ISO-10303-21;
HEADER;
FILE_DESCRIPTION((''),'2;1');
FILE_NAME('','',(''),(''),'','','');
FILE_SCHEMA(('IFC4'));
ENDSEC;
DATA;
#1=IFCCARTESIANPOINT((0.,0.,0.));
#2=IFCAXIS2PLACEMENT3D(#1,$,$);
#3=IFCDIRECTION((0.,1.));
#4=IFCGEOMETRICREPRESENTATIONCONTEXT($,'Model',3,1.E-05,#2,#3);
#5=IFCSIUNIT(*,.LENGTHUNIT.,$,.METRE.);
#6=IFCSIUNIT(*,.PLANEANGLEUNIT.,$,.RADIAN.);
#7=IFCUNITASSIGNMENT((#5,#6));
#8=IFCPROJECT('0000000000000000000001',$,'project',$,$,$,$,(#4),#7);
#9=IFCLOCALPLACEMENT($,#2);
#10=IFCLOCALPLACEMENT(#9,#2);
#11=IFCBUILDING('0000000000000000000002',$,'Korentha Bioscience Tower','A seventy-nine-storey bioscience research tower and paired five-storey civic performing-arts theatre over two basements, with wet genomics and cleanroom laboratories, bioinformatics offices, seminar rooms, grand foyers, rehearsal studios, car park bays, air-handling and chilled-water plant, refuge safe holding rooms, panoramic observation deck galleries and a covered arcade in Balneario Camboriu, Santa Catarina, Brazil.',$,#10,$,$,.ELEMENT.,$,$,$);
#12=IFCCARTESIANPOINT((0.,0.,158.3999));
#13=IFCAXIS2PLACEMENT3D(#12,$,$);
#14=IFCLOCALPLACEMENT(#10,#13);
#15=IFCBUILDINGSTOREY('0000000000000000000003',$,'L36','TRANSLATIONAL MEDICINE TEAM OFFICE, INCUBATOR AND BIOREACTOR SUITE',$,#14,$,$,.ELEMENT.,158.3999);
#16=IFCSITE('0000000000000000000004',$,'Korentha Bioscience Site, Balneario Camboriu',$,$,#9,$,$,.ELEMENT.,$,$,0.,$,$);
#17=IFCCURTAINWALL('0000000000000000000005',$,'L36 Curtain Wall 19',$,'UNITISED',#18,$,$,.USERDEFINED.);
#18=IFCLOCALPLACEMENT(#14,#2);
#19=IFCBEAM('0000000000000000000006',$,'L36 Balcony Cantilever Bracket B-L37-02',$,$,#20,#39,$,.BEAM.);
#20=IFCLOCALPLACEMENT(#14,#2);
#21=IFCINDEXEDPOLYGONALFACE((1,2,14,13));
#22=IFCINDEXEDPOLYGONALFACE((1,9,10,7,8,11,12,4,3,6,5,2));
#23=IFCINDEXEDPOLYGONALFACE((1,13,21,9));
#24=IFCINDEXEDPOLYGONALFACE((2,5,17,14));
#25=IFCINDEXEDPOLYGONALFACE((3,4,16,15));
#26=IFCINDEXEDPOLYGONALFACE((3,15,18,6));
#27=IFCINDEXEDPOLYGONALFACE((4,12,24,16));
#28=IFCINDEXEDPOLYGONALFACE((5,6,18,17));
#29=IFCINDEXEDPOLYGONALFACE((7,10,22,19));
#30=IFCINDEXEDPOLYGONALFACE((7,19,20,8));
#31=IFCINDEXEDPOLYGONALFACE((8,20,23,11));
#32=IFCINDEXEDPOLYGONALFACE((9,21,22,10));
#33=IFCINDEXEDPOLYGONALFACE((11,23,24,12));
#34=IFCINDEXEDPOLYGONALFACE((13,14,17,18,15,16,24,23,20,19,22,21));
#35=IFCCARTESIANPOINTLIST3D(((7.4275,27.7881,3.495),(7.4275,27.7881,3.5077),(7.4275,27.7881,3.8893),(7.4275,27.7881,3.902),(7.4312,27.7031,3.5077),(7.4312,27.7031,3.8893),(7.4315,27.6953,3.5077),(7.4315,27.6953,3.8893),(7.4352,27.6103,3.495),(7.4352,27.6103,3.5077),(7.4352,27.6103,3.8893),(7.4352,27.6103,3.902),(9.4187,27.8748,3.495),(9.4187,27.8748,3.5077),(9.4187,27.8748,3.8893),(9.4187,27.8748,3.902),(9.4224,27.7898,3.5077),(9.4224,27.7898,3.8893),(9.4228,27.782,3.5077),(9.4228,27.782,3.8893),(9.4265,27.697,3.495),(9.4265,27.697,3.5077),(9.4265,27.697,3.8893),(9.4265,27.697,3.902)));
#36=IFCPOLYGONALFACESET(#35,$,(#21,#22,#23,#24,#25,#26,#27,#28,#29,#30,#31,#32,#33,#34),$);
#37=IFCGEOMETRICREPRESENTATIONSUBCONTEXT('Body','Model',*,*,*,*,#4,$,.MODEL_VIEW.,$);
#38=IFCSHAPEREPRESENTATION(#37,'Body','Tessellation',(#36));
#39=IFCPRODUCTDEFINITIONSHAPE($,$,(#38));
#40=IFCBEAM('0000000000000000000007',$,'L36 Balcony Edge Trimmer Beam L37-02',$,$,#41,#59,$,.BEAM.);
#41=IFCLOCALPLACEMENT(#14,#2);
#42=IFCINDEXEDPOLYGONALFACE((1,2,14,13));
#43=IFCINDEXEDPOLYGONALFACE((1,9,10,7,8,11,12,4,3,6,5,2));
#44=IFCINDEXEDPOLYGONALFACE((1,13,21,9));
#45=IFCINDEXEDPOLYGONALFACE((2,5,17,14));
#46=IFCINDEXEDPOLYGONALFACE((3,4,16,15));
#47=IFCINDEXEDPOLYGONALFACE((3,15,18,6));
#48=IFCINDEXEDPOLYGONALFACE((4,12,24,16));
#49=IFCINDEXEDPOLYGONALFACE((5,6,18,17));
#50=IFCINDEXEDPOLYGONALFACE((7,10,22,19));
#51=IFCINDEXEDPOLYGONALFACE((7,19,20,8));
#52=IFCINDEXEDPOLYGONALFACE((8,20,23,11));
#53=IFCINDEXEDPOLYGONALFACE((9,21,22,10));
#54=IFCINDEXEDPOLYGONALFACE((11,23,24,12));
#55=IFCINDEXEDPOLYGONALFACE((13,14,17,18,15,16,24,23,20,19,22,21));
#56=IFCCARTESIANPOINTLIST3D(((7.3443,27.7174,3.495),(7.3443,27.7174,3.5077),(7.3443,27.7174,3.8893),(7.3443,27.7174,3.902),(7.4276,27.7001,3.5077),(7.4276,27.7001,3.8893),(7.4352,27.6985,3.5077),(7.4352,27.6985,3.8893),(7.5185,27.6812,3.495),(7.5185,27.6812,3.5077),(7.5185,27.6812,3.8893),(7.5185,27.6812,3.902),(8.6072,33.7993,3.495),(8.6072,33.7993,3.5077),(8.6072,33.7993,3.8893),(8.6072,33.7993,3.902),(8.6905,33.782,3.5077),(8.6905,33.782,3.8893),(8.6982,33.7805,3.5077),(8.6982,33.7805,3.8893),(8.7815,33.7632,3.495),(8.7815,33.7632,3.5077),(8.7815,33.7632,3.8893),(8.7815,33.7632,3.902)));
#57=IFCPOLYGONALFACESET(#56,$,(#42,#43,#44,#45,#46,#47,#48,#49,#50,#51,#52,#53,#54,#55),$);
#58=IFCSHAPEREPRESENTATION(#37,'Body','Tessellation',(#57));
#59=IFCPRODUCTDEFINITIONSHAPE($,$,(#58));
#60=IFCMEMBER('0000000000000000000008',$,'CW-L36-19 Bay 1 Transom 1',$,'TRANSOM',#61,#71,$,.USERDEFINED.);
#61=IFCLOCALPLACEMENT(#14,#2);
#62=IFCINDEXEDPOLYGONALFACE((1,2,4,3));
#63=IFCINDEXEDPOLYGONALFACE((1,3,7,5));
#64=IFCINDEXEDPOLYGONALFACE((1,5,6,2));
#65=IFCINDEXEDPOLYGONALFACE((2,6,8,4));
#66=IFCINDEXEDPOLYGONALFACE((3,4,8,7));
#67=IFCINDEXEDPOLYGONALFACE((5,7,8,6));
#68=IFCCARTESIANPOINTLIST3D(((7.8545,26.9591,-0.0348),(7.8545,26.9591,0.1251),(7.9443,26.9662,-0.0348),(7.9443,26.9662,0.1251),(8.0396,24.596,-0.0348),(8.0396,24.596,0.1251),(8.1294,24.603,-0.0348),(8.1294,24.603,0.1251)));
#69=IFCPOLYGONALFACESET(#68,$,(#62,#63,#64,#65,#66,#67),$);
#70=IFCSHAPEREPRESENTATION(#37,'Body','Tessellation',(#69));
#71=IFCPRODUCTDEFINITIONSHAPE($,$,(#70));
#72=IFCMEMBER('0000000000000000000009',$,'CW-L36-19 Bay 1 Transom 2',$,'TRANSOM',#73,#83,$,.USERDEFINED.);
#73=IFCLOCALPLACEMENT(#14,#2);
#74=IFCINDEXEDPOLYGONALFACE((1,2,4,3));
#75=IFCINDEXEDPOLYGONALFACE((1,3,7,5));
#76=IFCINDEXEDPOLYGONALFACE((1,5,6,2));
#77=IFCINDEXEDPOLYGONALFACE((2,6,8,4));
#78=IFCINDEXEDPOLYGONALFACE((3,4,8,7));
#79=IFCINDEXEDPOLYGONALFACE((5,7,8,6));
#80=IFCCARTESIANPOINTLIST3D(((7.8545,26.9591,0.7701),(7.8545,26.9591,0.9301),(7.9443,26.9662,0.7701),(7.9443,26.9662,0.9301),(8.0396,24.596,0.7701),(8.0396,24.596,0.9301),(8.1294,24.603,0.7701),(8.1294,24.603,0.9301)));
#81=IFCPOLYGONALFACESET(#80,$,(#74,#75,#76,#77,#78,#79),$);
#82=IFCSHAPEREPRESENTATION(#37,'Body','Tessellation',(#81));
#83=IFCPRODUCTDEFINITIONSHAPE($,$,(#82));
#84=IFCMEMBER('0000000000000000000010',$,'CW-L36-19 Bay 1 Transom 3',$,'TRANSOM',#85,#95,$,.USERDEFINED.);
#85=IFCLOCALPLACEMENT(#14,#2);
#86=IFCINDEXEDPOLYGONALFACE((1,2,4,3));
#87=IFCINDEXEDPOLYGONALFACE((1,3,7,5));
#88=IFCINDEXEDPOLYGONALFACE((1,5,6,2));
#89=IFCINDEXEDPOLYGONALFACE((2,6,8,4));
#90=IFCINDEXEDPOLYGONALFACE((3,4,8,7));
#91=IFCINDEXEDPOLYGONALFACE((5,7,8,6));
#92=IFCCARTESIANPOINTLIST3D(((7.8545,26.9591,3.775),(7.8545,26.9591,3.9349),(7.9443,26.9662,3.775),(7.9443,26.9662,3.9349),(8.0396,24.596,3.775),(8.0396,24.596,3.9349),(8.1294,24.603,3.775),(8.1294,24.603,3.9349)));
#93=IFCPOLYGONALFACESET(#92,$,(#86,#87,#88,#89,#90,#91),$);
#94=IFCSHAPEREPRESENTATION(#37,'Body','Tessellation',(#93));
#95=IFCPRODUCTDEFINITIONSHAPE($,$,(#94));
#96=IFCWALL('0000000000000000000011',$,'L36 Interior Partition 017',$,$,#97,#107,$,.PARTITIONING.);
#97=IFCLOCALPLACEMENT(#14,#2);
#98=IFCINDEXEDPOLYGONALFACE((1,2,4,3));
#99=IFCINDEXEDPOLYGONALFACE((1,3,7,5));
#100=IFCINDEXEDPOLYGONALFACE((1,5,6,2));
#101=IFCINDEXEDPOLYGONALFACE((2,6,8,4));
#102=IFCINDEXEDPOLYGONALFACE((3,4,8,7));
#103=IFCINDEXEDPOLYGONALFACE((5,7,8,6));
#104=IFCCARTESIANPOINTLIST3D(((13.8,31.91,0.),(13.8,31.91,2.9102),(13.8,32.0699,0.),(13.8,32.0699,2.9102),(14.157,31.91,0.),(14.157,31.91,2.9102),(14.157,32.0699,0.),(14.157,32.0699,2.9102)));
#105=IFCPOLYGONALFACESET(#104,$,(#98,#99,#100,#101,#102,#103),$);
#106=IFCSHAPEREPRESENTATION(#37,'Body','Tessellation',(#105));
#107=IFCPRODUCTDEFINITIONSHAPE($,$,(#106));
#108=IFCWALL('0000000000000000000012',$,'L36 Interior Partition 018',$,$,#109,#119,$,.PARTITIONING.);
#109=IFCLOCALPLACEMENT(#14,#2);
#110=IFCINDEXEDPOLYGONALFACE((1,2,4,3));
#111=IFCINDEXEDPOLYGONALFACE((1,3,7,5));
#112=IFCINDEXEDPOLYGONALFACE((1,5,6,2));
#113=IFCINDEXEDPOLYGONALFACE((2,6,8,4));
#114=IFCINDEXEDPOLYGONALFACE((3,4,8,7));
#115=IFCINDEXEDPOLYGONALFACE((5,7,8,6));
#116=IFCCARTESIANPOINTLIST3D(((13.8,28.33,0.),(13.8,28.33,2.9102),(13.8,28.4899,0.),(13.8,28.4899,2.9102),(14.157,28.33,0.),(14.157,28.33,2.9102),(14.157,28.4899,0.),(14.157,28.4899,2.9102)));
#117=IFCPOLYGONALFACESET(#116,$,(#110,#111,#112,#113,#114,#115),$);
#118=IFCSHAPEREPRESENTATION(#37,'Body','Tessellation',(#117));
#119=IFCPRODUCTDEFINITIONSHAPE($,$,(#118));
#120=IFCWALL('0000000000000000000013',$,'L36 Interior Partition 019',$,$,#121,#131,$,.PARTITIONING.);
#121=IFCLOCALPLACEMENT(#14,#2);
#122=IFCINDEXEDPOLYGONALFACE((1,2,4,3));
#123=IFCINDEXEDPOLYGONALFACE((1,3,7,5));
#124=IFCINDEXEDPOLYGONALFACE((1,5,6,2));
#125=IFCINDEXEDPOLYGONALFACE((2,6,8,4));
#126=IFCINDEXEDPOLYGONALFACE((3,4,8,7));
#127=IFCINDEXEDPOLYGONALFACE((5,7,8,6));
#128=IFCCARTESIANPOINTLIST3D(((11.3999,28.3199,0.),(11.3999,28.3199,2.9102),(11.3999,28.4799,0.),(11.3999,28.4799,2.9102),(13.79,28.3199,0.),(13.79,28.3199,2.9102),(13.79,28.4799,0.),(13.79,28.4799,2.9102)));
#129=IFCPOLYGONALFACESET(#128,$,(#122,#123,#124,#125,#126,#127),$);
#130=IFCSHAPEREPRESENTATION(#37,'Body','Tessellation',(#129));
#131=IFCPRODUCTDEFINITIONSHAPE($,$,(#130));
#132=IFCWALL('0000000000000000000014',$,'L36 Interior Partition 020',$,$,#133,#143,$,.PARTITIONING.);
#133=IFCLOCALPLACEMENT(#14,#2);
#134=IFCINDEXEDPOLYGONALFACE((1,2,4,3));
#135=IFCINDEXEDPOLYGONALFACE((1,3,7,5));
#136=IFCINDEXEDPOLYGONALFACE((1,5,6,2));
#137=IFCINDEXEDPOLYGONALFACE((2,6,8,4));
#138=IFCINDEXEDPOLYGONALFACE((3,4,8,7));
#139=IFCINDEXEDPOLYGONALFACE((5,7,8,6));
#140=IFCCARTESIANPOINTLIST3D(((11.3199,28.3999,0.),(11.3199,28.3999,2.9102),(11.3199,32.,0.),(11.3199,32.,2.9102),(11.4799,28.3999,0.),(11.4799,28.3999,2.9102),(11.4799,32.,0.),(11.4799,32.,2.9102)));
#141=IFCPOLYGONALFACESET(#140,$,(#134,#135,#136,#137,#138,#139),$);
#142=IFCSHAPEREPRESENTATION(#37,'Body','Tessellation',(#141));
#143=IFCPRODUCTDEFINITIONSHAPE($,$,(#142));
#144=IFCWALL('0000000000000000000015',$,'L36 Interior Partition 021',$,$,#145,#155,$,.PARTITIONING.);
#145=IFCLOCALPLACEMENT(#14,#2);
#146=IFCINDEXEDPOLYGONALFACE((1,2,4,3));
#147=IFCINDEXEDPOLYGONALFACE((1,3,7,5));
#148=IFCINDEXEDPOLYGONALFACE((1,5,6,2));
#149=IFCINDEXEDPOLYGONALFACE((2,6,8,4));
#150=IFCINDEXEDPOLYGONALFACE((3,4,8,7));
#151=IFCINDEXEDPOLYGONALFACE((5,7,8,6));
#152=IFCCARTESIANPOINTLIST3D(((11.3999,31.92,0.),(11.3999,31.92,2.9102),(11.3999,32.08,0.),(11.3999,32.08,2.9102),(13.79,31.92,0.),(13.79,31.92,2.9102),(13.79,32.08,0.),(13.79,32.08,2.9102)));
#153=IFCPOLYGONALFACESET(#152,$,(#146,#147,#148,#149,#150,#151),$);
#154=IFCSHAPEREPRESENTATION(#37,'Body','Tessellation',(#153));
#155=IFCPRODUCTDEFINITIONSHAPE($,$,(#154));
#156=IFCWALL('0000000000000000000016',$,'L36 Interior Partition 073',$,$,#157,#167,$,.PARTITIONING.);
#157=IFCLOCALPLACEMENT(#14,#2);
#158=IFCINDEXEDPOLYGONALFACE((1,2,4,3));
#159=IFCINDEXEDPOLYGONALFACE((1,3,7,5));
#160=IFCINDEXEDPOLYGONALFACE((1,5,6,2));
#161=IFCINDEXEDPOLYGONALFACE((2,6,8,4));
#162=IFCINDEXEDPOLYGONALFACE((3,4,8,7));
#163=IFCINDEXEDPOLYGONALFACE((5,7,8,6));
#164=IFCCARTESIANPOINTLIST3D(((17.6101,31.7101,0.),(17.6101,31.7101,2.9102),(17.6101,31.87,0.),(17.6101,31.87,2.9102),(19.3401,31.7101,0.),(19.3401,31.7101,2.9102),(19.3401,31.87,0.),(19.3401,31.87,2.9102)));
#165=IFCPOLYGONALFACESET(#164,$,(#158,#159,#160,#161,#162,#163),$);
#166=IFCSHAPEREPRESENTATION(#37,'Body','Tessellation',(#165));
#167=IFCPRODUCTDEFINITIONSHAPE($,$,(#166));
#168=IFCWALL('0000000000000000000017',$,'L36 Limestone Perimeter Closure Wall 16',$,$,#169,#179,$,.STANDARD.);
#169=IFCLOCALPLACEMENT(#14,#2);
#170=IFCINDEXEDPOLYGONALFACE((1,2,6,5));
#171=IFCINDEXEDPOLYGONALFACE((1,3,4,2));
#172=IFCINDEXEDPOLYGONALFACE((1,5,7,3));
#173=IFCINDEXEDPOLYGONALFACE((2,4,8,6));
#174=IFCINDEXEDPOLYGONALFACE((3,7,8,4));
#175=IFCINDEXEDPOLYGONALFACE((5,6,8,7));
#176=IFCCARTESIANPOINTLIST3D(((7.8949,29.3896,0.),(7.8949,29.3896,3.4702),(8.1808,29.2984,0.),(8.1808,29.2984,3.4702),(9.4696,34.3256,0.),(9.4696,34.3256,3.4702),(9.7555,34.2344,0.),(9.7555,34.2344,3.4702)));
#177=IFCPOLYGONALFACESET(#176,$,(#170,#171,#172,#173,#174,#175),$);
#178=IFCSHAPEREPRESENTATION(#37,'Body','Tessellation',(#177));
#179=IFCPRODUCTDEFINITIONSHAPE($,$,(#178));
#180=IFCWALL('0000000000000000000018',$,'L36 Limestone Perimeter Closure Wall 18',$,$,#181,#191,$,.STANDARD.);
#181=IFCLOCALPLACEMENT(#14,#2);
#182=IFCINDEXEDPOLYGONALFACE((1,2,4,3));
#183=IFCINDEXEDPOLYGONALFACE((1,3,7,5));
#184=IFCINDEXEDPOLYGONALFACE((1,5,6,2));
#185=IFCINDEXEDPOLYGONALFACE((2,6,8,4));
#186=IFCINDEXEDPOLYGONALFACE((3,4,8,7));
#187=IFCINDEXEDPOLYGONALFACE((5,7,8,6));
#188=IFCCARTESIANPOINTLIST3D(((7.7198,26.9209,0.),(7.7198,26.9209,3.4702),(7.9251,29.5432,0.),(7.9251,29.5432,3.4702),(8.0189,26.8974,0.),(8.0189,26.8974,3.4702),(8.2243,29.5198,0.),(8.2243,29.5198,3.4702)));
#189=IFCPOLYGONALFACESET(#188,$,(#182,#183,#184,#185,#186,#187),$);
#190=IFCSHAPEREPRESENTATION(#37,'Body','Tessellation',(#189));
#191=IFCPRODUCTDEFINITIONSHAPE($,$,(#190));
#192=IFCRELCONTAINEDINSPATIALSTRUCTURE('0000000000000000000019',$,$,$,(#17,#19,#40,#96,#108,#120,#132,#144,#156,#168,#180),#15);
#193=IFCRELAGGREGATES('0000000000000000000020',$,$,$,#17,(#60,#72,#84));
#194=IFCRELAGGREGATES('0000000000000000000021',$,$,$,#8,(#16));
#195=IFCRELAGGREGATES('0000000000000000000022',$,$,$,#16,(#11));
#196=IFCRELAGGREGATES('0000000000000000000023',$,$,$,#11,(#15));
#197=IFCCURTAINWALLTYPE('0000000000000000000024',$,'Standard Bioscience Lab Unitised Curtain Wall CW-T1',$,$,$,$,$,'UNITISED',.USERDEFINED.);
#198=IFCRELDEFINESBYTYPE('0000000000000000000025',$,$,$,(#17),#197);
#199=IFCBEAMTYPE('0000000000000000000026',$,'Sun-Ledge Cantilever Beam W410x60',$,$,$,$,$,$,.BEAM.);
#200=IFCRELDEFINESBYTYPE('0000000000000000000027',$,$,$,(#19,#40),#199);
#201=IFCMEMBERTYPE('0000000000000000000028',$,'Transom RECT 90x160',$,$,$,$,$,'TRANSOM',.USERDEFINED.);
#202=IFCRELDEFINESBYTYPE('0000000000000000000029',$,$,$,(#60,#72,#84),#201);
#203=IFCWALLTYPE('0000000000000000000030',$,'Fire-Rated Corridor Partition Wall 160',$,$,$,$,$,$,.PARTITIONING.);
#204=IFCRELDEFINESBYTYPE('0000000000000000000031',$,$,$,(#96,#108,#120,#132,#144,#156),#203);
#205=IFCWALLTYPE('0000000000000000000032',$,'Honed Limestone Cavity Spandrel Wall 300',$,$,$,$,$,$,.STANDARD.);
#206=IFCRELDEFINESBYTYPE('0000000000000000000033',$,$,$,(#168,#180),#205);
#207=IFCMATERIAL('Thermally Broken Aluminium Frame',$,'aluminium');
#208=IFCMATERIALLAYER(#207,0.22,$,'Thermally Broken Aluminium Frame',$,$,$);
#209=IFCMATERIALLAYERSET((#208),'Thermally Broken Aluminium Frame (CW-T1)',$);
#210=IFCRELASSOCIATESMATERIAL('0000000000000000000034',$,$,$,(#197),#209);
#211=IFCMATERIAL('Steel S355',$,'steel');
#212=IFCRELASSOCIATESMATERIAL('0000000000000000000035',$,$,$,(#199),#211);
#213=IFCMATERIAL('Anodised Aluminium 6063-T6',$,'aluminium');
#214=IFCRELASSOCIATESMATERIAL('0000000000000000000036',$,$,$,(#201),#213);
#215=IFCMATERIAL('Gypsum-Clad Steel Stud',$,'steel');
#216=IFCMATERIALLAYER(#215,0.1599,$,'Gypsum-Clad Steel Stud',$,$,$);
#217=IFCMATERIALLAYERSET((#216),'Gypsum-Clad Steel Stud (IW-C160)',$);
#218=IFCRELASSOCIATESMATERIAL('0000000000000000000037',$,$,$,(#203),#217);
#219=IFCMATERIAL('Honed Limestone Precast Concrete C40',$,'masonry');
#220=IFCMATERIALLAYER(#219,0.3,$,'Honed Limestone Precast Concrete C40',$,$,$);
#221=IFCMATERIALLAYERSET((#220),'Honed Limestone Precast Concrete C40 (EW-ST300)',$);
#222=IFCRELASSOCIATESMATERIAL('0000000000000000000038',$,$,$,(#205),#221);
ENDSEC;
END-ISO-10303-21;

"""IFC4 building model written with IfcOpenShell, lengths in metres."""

from ifc_helpers import new_model, si_unit, direction, frame, frame_2d, origin, origin_2d, place, context, subcontext, project, spatial, rectangle, i_section, extrude, material, layer, layer_set, material_profile, profile_set, type_object, element, aggregate, save


model = new_model("IFC4")

# Units and contexts
model_context = context("Model", 3, precision=1e-05, world=origin(), true_north=direction((0.0, 1.0)))
body_context = subcontext(model_context, "Body", "Model", "MODEL_VIEW")
ifc_project = project(units=[si_unit("LENGTHUNIT", "METRE"), si_unit("PLANEANGLEUNIT", "RADIAN")], contexts=[model_context])

# Site, building, storey
site_placement = place(None, origin())
site = spatial("IfcSite", under=ifc_project, at=site_placement, Name="Korentha Bioscience Site, Balneario Camboriu", CompositionType="ELEMENT", RefElevation=0.0)
building_placement = place(site_placement, origin())
building = spatial("IfcBuilding", under=site, at=building_placement, Name="Korentha Bioscience Tower", Description="A seventy-nine-storey bioscience research tower and paired five-storey civic performing-arts theatre over two basements, with wet genomics and cleanroom laboratories, bioinformatics offices, seminar rooms, grand foyers, rehearsal studios, car park bays, air-handling and chilled-water plant, refuge safe holding rooms, panoramic observation deck galleries and a covered arcade in Balneario Camboriu, Santa Catarina, Brazil.", CompositionType="ELEMENT")
storey_placement = place(building_placement, frame((0.0, 0.0, 158.3999)))
storey = spatial("IfcBuildingStorey", under=building, at=storey_placement, Name="L36", Description="TRANSLATIONAL MEDICINE TEAM OFFICE, INCUBATOR AND BIOREACTOR SUITE", CompositionType="ELEMENT", Elevation=158.3999)

# Curtain wall
ifc_material_1 = material(Name="Thermally Broken Aluminium Frame", Category="aluminium")
ifc_layer_1 = layer(ifc_material_1, 0.22, Name="Thermally Broken Aluminium Frame")
ifc_layer_set_1 = layer_set([ifc_layer_1], Name="Thermally Broken Aluminium Frame (CW-T1)")
curtain_wall_type = type_object("IfcCurtainWallType", Name="Standard Bioscience Lab Unitised Curtain Wall CW-T1", ElementType="UNITISED", PredefinedType="USERDEFINED", material=ifc_layer_set_1)
curtain_wall_placement = place(storey_placement, origin())
curtain_wall = element("IfcCurtainWall", 1, at=curtain_wall_placement, inside=storey, type_object=curtain_wall_type, Name="L36 Curtain Wall 19", ObjectType="UNITISED", PredefinedType="USERDEFINED")
ifc_material_2 = material(Name="Anodised Aluminium 6063-T6", Category="aluminium")

# Beams
ifc_material_3 = material(Name="Steel S355", Category="steel")
ifc_material_profile_1 = material_profile(ifc_material_3, i_section(OverallWidth=0.178, OverallDepth=0.407, WebThickness=0.0078, FlangeThickness=0.0127, at=origin_2d()), Name="Steel S355")
ifc_profile_set_1 = profile_set([ifc_material_profile_1], Name="Steel S355 (CB-410)")
beam_type_1 = type_object("IfcBeamType", Name="Sun-Ledge Cantilever Beam W410x60", PredefinedType="BEAM", material=ifc_profile_set_1)
beam_1_placement = place(storey_placement, frame((9.4226, 27.7859, 3.6985), z_axis=(-0.999054, -0.043485, 0.0), x_axis=(0.043485, -0.999054, 0.0)))
element("IfcBeam", 2, at=beam_1_placement, inside=storey, type_object=beam_type_1, Name="L36 Balcony Cantilever Bracket B-L37-02", PredefinedType="BEAM", context=body_context, shape_type="SweptSolid", body=[
    extrude(i_section(OverallWidth=0.178, OverallDepth=0.407, WebThickness=0.0078, FlangeThickness=0.0127, at=origin_2d()), origin(), (0.0, 0.0, 1.0), 1.9932),
])
beam_2_placement = place(storey_placement, frame((8.6943, 33.7812, 3.6985), z_axis=(-0.203314, -0.979114, 0.0), x_axis=(0.979114, -0.203314, 0.0)))
element("IfcBeam", 3, at=beam_2_placement, inside=storey, type_object=beam_type_1, Name="L36 Balcony Edge Trimmer Beam L37-02", PredefinedType="BEAM", context=body_context, shape_type="SweptSolid", body=[
    extrude(i_section(OverallWidth=0.178, OverallDepth=0.407, WebThickness=0.0078, FlangeThickness=0.0127, at=origin_2d()), origin(), (0.0, 0.0, 1.0), 6.2117),
])

# Members
ifc_material_profile_2 = material_profile(ifc_material_2, rectangle(XDim=0.0901, YDim=0.1599, at=origin_2d()), Name="Anodised Aluminium 6063-T6")
ifc_profile_set_2 = profile_set([ifc_material_profile_2], Name="Anodised Aluminium 6063-T6 (CW-TRN)")
member_type_1 = type_object("IfcMemberType", Name="Transom RECT 90x160", ElementType="TRANSOM", PredefinedType="USERDEFINED", material=ifc_profile_set_2)
member_1_placement = place(storey_placement, frame((7.8994, 26.9626, 0.0452), z_axis=(0.078075, -0.996948, 0.0), x_axis=(0.996948, 0.078075, 0.0)))
member_1 = element("IfcMember", 4, at=member_1_placement, type_object=member_type_1, Name="CW-L36-19 Bay 1 Transom 1", ObjectType="TRANSOM", PredefinedType="USERDEFINED", context=body_context, shape_type="SweptSolid", body=[
    extrude(rectangle(XDim=0.0901, YDim=0.1599, at=origin_2d()), origin(), (0.0, 0.0, 1.0), 2.3704),
])
member_2_placement = place(storey_placement, frame((7.8994, 26.9626, 0.8501), z_axis=(0.078075, -0.996948, 0.0), x_axis=(0.996948, 0.078075, 0.0)))
member_2 = element("IfcMember", 5, at=member_2_placement, type_object=member_type_1, Name="CW-L36-19 Bay 1 Transom 2", ObjectType="TRANSOM", PredefinedType="USERDEFINED", context=body_context, shape_type="SweptSolid", body=[
    extrude(rectangle(XDim=0.0901, YDim=0.1599, at=origin_2d()), origin(), (0.0, 0.0, 1.0), 2.3704),
])
member_3_placement = place(storey_placement, frame((7.8994, 26.9626, 3.855), z_axis=(0.078075, -0.996948, 0.0), x_axis=(0.996948, 0.078075, 0.0)))
member_3 = element("IfcMember", 6, at=member_3_placement, type_object=member_type_1, Name="CW-L36-19 Bay 1 Transom 3", ObjectType="TRANSOM", PredefinedType="USERDEFINED", context=body_context, shape_type="SweptSolid", body=[
    extrude(rectangle(XDim=0.0901, YDim=0.1599, at=origin_2d()), origin(), (0.0, 0.0, 1.0), 2.3704),
])
aggregate(curtain_wall, [member_1, member_2, member_3])

# Shared definitions
ifc_material_4 = material(Name="Gypsum-Clad Steel Stud", Category="steel")
ifc_layer_2 = layer(ifc_material_4, 0.1599, Name="Gypsum-Clad Steel Stud")
ifc_layer_set_2 = layer_set([ifc_layer_2], Name="Gypsum-Clad Steel Stud (IW-C160)")
wall_type_1 = type_object("IfcWallType", Name="Fire-Rated Corridor Partition Wall 160", PredefinedType="PARTITIONING", material=ifc_layer_set_2)

# Walls
for number, where, z_axis, x_axis, name in (
    (7, (13.8, 31.99, 0.0), (0.0, 0.0, 1.0), (1.0, 0.0, 0.0), "L36 Interior Partition 017"),
    (8, (14.157, 28.4099, 0.0), (0.0, 0.0, 1.0), (-1.0, 0.0, 0.0), "L36 Interior Partition 018"),
):
    element("IfcWall", number, at=place(storey_placement, frame(where, z_axis=z_axis, x_axis=x_axis)), inside=storey, type_object=wall_type_1, Name=name, PredefinedType="PARTITIONING", context=body_context, shape_type="SweptSolid", body=[
        extrude(rectangle(XDim=0.3569, YDim=0.1599, at=frame_2d((0.1785, 0.0))), origin(), (0.0, 0.0, 1.0), 2.9102),
    ])
wall_1_placement = place(storey_placement, frame((13.79, 28.3999, 0.0), z_axis=(0.0, 0.0, 1.0), x_axis=(-1.0, 0.0, 0.0)))
element("IfcWall", 9, at=wall_1_placement, inside=storey, type_object=wall_type_1, Name="L36 Interior Partition 019", PredefinedType="PARTITIONING", context=body_context, shape_type="SweptSolid", body=[
    extrude(rectangle(XDim=2.3901, YDim=0.1599, at=frame_2d((1.1951, 0.0))), origin(), (0.0, 0.0, 1.0), 2.9102),
])
wall_2_placement = place(storey_placement, frame((11.3999, 28.3999, 0.0), z_axis=(0.0, 0.0, 1.0), x_axis=(0.0, 1.0, 0.0)))
element("IfcWall", 10, at=wall_2_placement, inside=storey, type_object=wall_type_1, Name="L36 Interior Partition 020", PredefinedType="PARTITIONING", context=body_context, shape_type="SweptSolid", body=[
    extrude(rectangle(XDim=3.6001, YDim=0.1599, at=frame_2d((1.8, 0.0))), origin(), (0.0, 0.0, 1.0), 2.9102),
])
wall_3_placement = place(storey_placement, frame((11.3999, 32.0, 0.0), z_axis=(0.0, 0.0, 1.0), x_axis=(1.0, 0.0, 0.0)))
element("IfcWall", 11, at=wall_3_placement, inside=storey, type_object=wall_type_1, Name="L36 Interior Partition 021", PredefinedType="PARTITIONING", context=body_context, shape_type="SweptSolid", body=[
    extrude(rectangle(XDim=2.3901, YDim=0.1599, at=frame_2d((1.1951, 0.0))), origin(), (0.0, 0.0, 1.0), 2.9102),
])
wall_4_placement = place(storey_placement, frame((17.6101, 31.79, 0.0), z_axis=(0.0, 0.0, 1.0), x_axis=(1.0, 0.0, 0.0)))
element("IfcWall", 12, at=wall_4_placement, inside=storey, type_object=wall_type_1, Name="L36 Interior Partition 073", PredefinedType="PARTITIONING", context=body_context, shape_type="SweptSolid", body=[
    extrude(rectangle(XDim=1.73, YDim=0.1599, at=frame_2d((0.865, 0.0))), origin(), (0.0, 0.0, 1.0), 2.9102),
])
ifc_material_5 = material(Name="Honed Limestone Precast Concrete C40", Category="masonry")
ifc_layer_3 = layer(ifc_material_5, 0.3, Name="Honed Limestone Precast Concrete C40")
ifc_layer_set_3 = layer_set([ifc_layer_3], Name="Honed Limestone Precast Concrete C40 (EW-ST300)")
wall_type_2 = type_object("IfcWallType", Name="Honed Limestone Cavity Spandrel Wall 300", PredefinedType="STANDARD", material=ifc_layer_set_3)
wall_5_placement = place(storey_placement, frame((9.6125, 34.28, 0.0), z_axis=(0.0, 0.0, 1.0), x_axis=(-0.303931, -0.952694, 0.0)))
element("IfcWall", 13, at=wall_5_placement, inside=storey, type_object=wall_type_2, Name="L36 Limestone Perimeter Closure Wall 16", PredefinedType="STANDARD", context=body_context, shape_type="SweptSolid", body=[
    extrude(rectangle(XDim=5.1812, YDim=0.3, at=frame_2d((2.5906, 0.0))), origin(), (0.0, 0.0, 1.0), 3.4702),
])
wall_6_placement = place(storey_placement, frame((8.0747, 29.5315, 0.0), z_axis=(0.0, 0.0, 1.0), x_axis=(-0.078059, -0.996949, 0.0)))
element("IfcWall", 14, at=wall_6_placement, inside=storey, type_object=wall_type_2, Name="L36 Limestone Perimeter Closure Wall 18", PredefinedType="STANDARD", context=body_context, shape_type="SweptSolid", body=[
    extrude(rectangle(XDim=2.6304, YDim=0.3, at=frame_2d((1.3152, 0.0))), origin(), (0.0, 0.0, 1.0), 3.4702),
])

save(model, "model.ifc")
